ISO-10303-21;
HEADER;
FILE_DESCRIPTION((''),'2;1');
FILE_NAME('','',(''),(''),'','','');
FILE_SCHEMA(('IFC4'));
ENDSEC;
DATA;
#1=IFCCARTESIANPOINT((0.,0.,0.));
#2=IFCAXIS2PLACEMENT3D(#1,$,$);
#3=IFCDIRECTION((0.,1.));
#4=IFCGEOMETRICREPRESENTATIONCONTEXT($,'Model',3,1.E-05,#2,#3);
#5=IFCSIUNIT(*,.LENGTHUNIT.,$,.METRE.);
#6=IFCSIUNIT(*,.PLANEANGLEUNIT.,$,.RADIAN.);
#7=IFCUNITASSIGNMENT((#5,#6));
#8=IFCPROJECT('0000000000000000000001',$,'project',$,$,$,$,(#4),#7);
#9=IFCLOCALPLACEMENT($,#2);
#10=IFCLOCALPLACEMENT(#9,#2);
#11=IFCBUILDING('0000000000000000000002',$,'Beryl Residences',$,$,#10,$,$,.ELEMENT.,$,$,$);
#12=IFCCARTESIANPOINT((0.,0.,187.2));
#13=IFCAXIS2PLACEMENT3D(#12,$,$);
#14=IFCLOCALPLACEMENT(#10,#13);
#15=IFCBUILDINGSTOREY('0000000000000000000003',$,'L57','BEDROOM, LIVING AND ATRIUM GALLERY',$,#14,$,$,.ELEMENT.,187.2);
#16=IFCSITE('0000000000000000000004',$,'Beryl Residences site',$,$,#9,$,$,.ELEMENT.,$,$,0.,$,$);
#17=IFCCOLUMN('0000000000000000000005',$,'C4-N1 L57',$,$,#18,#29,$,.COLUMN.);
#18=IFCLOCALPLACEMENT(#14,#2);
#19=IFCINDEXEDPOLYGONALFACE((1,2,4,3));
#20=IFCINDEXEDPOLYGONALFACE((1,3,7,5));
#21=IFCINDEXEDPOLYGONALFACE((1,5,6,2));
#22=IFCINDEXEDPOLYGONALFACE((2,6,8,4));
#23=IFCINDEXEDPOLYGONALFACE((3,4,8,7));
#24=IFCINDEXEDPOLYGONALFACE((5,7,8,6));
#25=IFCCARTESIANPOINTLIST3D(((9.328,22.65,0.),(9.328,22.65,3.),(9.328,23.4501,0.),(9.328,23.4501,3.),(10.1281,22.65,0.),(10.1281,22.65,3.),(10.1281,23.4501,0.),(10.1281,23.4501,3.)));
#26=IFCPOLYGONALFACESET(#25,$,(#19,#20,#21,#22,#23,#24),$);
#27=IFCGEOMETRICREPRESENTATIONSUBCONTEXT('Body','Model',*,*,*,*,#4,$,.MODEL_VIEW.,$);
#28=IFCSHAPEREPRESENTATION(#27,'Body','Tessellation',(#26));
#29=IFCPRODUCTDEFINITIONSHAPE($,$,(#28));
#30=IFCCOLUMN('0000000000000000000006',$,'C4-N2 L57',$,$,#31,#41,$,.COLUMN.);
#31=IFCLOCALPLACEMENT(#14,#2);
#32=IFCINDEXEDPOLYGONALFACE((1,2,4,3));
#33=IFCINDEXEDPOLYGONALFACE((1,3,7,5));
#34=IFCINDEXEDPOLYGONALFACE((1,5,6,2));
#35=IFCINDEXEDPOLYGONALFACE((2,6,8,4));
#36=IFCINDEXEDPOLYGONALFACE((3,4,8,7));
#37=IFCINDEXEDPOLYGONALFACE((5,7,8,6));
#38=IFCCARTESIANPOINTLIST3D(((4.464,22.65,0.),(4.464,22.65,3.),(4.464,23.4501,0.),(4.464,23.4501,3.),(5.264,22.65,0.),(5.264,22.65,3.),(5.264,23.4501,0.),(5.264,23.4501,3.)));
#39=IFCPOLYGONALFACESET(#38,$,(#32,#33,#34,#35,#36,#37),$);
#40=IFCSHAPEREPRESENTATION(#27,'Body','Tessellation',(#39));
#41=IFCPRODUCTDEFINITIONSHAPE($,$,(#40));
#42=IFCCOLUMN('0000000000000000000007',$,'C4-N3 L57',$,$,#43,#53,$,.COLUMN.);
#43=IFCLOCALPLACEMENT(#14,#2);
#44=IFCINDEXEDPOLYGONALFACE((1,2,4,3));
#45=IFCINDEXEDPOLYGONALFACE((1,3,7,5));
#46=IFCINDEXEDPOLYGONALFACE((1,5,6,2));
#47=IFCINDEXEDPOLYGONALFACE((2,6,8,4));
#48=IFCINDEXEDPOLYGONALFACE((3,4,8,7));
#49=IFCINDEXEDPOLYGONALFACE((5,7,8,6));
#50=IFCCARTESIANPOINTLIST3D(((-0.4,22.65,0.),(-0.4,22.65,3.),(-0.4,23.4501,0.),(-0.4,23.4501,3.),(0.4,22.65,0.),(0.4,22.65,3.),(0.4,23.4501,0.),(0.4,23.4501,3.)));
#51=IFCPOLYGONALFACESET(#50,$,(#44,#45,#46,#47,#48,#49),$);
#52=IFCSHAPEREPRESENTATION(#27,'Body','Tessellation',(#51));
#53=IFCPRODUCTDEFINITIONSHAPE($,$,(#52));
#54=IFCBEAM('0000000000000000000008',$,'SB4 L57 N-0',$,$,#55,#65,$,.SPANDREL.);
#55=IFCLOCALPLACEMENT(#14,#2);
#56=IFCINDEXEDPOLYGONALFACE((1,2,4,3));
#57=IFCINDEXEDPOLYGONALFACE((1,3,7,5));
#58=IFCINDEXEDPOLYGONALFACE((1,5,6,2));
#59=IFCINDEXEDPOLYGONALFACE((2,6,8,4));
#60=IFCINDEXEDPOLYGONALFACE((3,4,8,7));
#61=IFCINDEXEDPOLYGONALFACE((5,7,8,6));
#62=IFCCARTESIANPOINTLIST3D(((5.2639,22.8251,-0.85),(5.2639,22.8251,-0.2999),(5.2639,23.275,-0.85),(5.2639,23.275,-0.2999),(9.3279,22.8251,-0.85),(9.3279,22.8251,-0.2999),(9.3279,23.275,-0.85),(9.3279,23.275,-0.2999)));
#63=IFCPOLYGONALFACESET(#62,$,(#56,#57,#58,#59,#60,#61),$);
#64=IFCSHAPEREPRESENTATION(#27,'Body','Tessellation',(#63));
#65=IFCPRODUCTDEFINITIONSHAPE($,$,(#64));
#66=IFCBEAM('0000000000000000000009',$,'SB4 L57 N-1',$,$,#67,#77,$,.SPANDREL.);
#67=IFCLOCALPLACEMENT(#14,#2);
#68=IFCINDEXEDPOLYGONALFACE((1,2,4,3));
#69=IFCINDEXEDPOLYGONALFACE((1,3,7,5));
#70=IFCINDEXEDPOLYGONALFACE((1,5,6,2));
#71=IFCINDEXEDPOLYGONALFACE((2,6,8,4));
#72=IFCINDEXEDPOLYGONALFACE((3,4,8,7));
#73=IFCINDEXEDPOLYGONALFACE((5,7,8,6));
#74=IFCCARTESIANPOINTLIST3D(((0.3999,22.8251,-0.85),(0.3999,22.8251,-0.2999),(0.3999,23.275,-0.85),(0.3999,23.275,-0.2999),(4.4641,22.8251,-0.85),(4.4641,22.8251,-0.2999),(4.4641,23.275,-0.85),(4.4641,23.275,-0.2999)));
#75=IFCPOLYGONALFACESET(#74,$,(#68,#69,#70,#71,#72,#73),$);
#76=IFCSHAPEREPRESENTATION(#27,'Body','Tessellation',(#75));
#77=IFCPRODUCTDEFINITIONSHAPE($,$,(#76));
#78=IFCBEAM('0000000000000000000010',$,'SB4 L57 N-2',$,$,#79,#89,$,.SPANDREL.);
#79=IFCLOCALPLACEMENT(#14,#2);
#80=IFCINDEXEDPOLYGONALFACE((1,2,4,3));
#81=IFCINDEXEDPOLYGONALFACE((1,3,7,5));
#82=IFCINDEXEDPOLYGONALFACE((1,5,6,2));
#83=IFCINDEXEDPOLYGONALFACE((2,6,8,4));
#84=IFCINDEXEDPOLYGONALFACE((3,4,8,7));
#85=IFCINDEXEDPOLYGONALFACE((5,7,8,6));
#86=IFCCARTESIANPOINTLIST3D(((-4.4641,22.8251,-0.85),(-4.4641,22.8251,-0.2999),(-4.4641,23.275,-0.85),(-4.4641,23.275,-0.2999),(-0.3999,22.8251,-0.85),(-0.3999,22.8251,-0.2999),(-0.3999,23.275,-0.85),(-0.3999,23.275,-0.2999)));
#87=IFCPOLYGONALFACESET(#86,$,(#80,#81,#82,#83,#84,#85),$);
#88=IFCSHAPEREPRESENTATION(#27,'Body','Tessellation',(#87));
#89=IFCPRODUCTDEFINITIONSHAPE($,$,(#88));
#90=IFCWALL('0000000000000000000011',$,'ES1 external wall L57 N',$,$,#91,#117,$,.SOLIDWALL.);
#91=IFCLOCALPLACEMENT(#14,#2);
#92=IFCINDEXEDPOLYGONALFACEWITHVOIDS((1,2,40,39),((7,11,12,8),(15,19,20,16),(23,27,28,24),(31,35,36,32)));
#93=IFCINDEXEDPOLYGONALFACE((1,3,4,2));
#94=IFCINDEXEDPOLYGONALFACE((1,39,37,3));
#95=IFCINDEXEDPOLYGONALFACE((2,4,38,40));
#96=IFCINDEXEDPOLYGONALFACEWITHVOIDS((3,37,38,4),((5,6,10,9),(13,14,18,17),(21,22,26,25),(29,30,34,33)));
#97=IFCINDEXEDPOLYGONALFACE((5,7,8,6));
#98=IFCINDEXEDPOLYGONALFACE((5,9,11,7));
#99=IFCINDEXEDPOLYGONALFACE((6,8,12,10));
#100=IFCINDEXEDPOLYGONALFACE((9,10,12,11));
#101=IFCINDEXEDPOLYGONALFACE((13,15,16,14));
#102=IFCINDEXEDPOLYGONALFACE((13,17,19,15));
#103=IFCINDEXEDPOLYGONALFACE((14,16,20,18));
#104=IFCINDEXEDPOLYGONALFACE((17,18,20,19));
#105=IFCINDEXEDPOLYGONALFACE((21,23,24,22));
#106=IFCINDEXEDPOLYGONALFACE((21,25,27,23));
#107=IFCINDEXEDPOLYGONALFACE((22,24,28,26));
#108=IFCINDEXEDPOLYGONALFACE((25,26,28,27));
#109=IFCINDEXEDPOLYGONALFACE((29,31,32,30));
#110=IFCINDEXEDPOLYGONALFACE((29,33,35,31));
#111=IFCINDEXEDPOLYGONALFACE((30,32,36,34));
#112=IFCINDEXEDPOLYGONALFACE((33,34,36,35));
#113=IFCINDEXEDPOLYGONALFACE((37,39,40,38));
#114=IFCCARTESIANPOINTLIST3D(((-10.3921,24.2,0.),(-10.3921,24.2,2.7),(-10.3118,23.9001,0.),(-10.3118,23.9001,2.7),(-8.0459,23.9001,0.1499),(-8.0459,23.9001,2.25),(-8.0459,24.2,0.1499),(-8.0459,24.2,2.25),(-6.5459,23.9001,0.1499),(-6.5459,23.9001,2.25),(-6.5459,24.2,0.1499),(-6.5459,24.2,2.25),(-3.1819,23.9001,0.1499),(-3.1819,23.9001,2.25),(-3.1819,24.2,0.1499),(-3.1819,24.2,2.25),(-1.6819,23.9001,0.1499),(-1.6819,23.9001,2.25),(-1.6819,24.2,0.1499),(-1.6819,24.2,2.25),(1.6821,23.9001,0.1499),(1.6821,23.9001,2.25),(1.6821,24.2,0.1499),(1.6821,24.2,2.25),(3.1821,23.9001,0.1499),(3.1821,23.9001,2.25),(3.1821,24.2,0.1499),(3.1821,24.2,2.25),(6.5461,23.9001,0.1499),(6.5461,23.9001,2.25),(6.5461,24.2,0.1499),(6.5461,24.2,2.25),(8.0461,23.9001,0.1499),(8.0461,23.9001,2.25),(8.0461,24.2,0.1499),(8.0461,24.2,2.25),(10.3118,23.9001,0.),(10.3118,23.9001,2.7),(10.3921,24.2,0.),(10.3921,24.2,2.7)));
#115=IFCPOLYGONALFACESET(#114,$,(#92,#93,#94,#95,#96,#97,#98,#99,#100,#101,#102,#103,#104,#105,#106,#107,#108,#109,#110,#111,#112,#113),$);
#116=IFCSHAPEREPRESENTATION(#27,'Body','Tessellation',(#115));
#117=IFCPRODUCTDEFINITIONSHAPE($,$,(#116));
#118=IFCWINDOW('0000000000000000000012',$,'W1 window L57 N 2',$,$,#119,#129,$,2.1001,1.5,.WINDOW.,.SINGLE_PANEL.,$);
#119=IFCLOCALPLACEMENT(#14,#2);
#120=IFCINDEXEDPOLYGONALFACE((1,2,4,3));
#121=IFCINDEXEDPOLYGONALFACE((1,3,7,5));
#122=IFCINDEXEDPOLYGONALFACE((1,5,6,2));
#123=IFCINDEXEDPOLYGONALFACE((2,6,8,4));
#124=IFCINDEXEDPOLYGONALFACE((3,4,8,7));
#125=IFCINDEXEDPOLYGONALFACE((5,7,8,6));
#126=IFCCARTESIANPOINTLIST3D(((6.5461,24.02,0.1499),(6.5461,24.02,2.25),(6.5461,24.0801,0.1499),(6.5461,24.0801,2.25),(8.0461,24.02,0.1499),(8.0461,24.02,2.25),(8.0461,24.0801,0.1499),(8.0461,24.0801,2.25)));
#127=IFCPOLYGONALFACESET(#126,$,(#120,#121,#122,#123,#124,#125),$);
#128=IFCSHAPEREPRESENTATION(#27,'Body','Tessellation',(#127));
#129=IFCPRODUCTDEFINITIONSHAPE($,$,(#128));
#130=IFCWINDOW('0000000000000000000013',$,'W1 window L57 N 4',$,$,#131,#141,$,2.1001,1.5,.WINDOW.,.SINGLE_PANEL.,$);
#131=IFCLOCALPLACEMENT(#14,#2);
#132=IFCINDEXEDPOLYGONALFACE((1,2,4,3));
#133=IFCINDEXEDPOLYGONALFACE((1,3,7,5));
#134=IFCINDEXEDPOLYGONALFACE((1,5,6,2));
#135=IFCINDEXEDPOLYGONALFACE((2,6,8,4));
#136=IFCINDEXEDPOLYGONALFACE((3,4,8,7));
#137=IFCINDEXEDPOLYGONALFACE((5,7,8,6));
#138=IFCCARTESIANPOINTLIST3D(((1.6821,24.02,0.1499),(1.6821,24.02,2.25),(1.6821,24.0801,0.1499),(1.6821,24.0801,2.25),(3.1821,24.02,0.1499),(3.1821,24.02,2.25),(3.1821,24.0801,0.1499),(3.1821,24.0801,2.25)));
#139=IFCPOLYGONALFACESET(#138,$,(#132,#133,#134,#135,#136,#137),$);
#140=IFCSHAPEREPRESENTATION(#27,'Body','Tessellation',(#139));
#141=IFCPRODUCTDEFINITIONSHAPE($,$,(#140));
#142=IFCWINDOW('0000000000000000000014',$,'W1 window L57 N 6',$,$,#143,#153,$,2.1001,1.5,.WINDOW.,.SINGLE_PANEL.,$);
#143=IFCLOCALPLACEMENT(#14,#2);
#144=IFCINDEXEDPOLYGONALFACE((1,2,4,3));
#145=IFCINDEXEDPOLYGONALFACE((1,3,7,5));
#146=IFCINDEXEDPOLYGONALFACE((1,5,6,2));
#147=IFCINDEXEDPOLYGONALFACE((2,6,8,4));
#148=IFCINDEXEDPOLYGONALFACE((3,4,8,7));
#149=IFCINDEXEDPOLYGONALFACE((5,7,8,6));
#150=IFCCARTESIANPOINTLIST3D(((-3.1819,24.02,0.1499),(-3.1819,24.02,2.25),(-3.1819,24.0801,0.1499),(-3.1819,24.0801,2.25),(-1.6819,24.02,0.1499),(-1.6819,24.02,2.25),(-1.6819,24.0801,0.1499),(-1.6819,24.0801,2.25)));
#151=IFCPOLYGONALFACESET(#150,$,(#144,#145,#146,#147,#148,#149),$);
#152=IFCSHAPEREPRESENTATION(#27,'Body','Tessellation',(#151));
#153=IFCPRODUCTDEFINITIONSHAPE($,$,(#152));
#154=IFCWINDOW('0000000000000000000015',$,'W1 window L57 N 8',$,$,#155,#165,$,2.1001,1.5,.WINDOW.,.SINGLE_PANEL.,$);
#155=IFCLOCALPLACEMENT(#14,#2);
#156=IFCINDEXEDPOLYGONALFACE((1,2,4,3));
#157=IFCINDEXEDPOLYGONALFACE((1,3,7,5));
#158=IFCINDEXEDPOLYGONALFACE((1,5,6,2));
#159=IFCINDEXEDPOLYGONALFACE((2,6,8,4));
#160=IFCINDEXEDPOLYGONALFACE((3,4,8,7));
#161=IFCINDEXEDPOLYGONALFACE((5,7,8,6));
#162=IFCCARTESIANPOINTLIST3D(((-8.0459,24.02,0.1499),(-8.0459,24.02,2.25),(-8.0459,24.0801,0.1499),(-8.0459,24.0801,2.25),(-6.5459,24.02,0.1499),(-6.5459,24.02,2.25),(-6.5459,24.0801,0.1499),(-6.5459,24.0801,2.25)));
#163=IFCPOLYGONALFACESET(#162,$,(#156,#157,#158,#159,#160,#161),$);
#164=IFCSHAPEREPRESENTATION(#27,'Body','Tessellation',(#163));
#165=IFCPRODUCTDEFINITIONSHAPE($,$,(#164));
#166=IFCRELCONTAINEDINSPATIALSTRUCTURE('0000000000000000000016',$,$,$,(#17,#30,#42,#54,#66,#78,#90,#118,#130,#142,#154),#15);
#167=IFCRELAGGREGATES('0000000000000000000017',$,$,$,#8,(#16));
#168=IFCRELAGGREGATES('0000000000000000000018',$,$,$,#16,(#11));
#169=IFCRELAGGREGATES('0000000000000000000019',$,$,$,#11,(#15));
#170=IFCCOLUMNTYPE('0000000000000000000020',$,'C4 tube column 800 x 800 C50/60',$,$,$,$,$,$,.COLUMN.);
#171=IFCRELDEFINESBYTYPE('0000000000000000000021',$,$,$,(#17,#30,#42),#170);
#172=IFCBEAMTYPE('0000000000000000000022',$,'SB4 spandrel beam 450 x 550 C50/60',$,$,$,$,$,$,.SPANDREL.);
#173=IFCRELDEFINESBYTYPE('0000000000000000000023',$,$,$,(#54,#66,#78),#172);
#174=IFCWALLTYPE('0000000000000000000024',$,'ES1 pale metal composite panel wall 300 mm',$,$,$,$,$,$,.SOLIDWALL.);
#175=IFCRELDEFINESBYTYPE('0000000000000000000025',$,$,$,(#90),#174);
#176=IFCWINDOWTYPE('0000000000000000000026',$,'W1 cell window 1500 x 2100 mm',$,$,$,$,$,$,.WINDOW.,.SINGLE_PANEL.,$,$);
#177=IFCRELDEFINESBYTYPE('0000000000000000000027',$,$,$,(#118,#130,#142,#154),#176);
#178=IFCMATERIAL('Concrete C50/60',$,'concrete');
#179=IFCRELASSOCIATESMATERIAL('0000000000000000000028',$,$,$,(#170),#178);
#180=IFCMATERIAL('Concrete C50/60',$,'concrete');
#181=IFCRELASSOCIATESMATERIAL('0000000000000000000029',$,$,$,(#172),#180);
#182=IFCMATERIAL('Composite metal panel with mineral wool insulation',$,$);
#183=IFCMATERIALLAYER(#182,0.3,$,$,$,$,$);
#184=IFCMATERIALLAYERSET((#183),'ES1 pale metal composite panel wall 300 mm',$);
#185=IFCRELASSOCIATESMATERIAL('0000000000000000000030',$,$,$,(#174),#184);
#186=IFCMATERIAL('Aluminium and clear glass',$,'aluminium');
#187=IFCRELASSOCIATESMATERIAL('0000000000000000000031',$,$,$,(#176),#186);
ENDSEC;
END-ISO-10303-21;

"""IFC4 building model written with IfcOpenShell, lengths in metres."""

from ifc_helpers import new_model, si_unit, direction, frame, frame_2d, origin, origin_2d, place, context, subcontext, project, spatial, polyline, rectangle, outline, extrude, material, layer, layer_set, material_profile, profile_set, type_object, element, fill, save


model = new_model("IFC4")

# Units and contexts
model_context = context("Model", 3, precision=1e-05, world=origin(), true_north=direction((0.0, 1.0)))
body_context = subcontext(model_context, "Body", "Model", "MODEL_VIEW")
ifc_project = project(units=[si_unit("LENGTHUNIT", "METRE"), si_unit("PLANEANGLEUNIT", "RADIAN")], contexts=[model_context])

# Site, building, storey
site_placement = place(None, origin())
site = spatial("IfcSite", under=ifc_project, at=site_placement, Name="Beryl Residences site", CompositionType="ELEMENT", RefElevation=0.0)
building_placement = place(site_placement, origin())
building = spatial("IfcBuilding", under=site, at=building_placement, Name="Beryl Residences", CompositionType="ELEMENT")
storey_placement = place(building_placement, frame((0.0, 0.0, 187.2)))
storey = spatial("IfcBuildingStorey", under=building, at=storey_placement, Name="L57", Description="BEDROOM, LIVING AND ATRIUM GALLERY", CompositionType="ELEMENT", Elevation=187.2)

# Columns
ifc_material_1 = material(Name="Concrete C50/60", Category="concrete")
ifc_material_profile_1 = material_profile(ifc_material_1, rectangle(XDim=0.8, YDim=0.8, at=origin_2d()))
ifc_profile_set_1 = profile_set([ifc_material_profile_1], Name="Concrete C50/60")
column_type = type_object("IfcColumnType", Name="C4 tube column 800 x 800 C50/60", PredefinedType="COLUMN", material=ifc_profile_set_1)
for number, where, z_axis, x_axis, name in (
    (1, (9.728, 23.05, 0.0), (0.0, 0.0, 1.0), (-1.0, 0.0, 0.0), "C4-N1 L57"),
    (2, (4.864, 23.05, 0.0), (0.0, 0.0, 1.0), (-1.0, 0.0, 0.0), "C4-N2 L57"),
    (3, (0.0, 23.05, 0.0), (0.0, 0.0, 1.0), (-1.0, 0.0, 0.0), "C4-N3 L57"),
):
    element("IfcColumn", number, at=place(storey_placement, frame(where, z_axis=z_axis, x_axis=x_axis)), inside=storey, type_object=column_type, Name=name, PredefinedType="COLUMN", context=body_context, shape_type="SweptSolid", body=[
        extrude(rectangle(XDim=0.8, YDim=0.8, at=origin_2d()), origin(), (0.0, 0.0, 1.0), 3.0),
    ])

# Beams
ifc_material_2 = material(Name="Concrete C50/60", Category="concrete")
ifc_material_profile_2 = material_profile(ifc_material_2, rectangle(XDim=0.45, YDim=0.55, at=origin_2d()))
ifc_profile_set_2 = profile_set([ifc_material_profile_2], Name="Concrete C50/60")
beam_type = type_object("IfcBeamType", Name="SB4 spandrel beam 450 x 550 C50/60", PredefinedType="SPANDREL", material=ifc_profile_set_2)
beam_placement = place(storey_placement, frame((9.3279, 23.05, -0.575), z_axis=(-1.0, 0.0, 0.0), x_axis=(0.0, -1.0, 0.0)))
element("IfcBeam", 4, at=beam_placement, inside=storey, type_object=beam_type, Name="SB4 L57 N-0", PredefinedType="SPANDREL", context=body_context, shape_type="SweptSolid", body=[
    extrude(rectangle(XDim=0.45, YDim=0.55, at=origin_2d()), origin(), (0.0, 0.0, 1.0), 4.064),
])
for number, where, z_axis, x_axis, name in (
    (5, (4.4641, 23.05, -0.575), (-1.0, 0.0, 0.0), (0.0, -1.0, 0.0), "SB4 L57 N-1"),
    (6, (-0.3999, 23.05, -0.575), (-1.0, 0.0, 0.0), (0.0, -1.0, 0.0), "SB4 L57 N-2"),
):
    element("IfcBeam", number, at=place(storey_placement, frame(where, z_axis=z_axis, x_axis=x_axis)), inside=storey, type_object=beam_type, Name=name, PredefinedType="SPANDREL", context=body_context, shape_type="SweptSolid", body=[
        extrude(rectangle(XDim=0.45, YDim=0.55, at=origin_2d()), origin(), (0.0, 0.0, 1.0), 4.0642),
    ])

# Wall, openings, windows
ifc_material_3 = material(Name="Composite metal panel with mineral wool insulation")
ifc_layer_1 = layer(ifc_material_3, 0.3)
ifc_layer_set_1 = layer_set([ifc_layer_1], Name="ES1 pale metal composite panel wall 300 mm")
wall_type_1 = type_object("IfcWallType", Name="ES1 pale metal composite panel wall 300 mm", PredefinedType="SOLIDWALL", material=ifc_layer_set_1)
wall_1_placement = place(storey_placement, frame((10.3921, 24.05, 0.0), z_axis=(0.0, 0.0, 1.0), x_axis=(-1.0, 0.0, 0.0)))
wall_1 = element("IfcWall", 7, at=wall_1_placement, inside=storey, type_object=wall_type_1, Name="ES1 external wall L57 N", PredefinedType="SOLIDWALL", context=body_context, shape_type="SweptSolid", body=[
    extrude(outline(polyline([(0.0, -0.1499), (20.7842, -0.1499), (20.7039, 0.1499), (0.0803, 0.1499), (0.0, -0.1499)])), origin(), (0.0, 0.0, 1.0), 2.7),
])
opening_1_placement = place(wall_1_placement, frame((2.3459, 0.0, 0.1499)))
opening_1 = element("IfcOpeningElement", 8, at=opening_1_placement, cuts=wall_1, PredefinedType="OPENING", context=body_context, shape_type="SweptSolid", body=[
    extrude(rectangle(XDim=1.5, YDim=2.1001, at=frame_2d((0.75, 1.05))), frame((0.0, 0.1599, 0.0), z_axis=(0.0, -1.0, 0.0), x_axis=(1.0, 0.0, 0.0)), (0.0, 0.0, 1.0), 0.3201),
])
opening_2_placement = place(wall_1_placement, frame((7.21, 0.0, 0.1499)))
opening_2 = element("IfcOpeningElement", 9, at=opening_2_placement, cuts=wall_1, PredefinedType="OPENING", context=body_context, shape_type="SweptSolid", body=[
    extrude(rectangle(XDim=1.5, YDim=2.1001, at=frame_2d((0.75, 1.05))), frame((0.0, 0.1599, 0.0), z_axis=(0.0, -1.0, 0.0), x_axis=(1.0, 0.0, 0.0)), (0.0, 0.0, 1.0), 0.3201),
])
opening_3_placement = place(wall_1_placement, frame((12.074, 0.0, 0.1499)))
opening_3 = element("IfcOpeningElement", 10, at=opening_3_placement, cuts=wall_1, PredefinedType="OPENING", context=body_context, shape_type="SweptSolid", body=[
    extrude(rectangle(XDim=1.5, YDim=2.1001, at=frame_2d((0.75, 1.05))), frame((0.0, 0.1599, 0.0), z_axis=(0.0, -1.0, 0.0), x_axis=(1.0, 0.0, 0.0)), (0.0, 0.0, 1.0), 0.3201),
])
opening_4_placement = place(wall_1_placement, frame((16.938, 0.0, 0.1499)))
opening_4 = element("IfcOpeningElement", 11, at=opening_4_placement, cuts=wall_1, PredefinedType="OPENING", context=body_context, shape_type="SweptSolid", body=[
    extrude(rectangle(XDim=1.5, YDim=2.1001, at=frame_2d((0.75, 1.05))), frame((0.0, 0.1599, 0.0), z_axis=(0.0, -1.0, 0.0), x_axis=(1.0, 0.0, 0.0)), (0.0, 0.0, 1.0), 0.3201),
])
ifc_material_4 = material(Name="Aluminium and clear glass", Category="aluminium")
window_type = type_object("IfcWindowType", Name="W1 cell window 1500 x 2100 mm", PartitioningType="SINGLE_PANEL", PredefinedType="WINDOW", material=ifc_material_4)
window_1_placement = place(opening_1_placement, origin())
window_1 = element("IfcWindow", 12, at=window_1_placement, inside=storey, type_object=window_type, Name="W1 window L57 N 2", OverallHeight=2.1001, OverallWidth=1.5, PartitioningType="SINGLE_PANEL", PredefinedType="WINDOW", context=body_context, shape_type="SweptSolid", body=[
    extrude(rectangle(XDim=1.5, YDim=2.1001, at=frame_2d((0.75, 1.05))), frame((0.0, 0.03, 0.0), z_axis=(0.0, -1.0, 0.0), x_axis=(1.0, 0.0, 0.0)), (0.0, 0.0, 1.0), 0.0601),
])
fill(opening_1, window_1)
window_2_placement = place(opening_2_placement, origin())
window_2 = element("IfcWindow", 13, at=window_2_placement, inside=storey, type_object=window_type, Name="W1 window L57 N 4", OverallHeight=2.1001, OverallWidth=1.5, PartitioningType="SINGLE_PANEL", PredefinedType="WINDOW", context=body_context, shape_type="SweptSolid", body=[
    extrude(rectangle(XDim=1.5, YDim=2.1001, at=frame_2d((0.75, 1.05))), frame((0.0, 0.03, 0.0), z_axis=(0.0, -1.0, 0.0), x_axis=(1.0, 0.0, 0.0)), (0.0, 0.0, 1.0), 0.0601),
])
fill(opening_2, window_2)
window_3_placement = place(opening_3_placement, origin())
window_3 = element("IfcWindow", 14, at=window_3_placement, inside=storey, type_object=window_type, Name="W1 window L57 N 6", OverallHeight=2.1001, OverallWidth=1.5, PartitioningType="SINGLE_PANEL", PredefinedType="WINDOW", context=body_context, shape_type="SweptSolid", body=[
    extrude(rectangle(XDim=1.5, YDim=2.1001, at=frame_2d((0.75, 1.05))), frame((0.0, 0.03, 0.0), z_axis=(0.0, -1.0, 0.0), x_axis=(1.0, 0.0, 0.0)), (0.0, 0.0, 1.0), 0.0601),
])
fill(opening_3, window_3)
window_4_placement = place(opening_4_placement, origin())
window_4 = element("IfcWindow", 15, at=window_4_placement, inside=storey, type_object=window_type, Name="W1 window L57 N 8", OverallHeight=2.1001, OverallWidth=1.5, PartitioningType="SINGLE_PANEL", PredefinedType="WINDOW", context=body_context, shape_type="SweptSolid", body=[
    extrude(rectangle(XDim=1.5, YDim=2.1001, at=frame_2d((0.75, 1.05))), frame((0.0, 0.03, 0.0), z_axis=(0.0, -1.0, 0.0), x_axis=(1.0, 0.0, 0.0)), (0.0, 0.0, 1.0), 0.0601),
])
fill(opening_4, window_4)

save(model, "model.ifc")
